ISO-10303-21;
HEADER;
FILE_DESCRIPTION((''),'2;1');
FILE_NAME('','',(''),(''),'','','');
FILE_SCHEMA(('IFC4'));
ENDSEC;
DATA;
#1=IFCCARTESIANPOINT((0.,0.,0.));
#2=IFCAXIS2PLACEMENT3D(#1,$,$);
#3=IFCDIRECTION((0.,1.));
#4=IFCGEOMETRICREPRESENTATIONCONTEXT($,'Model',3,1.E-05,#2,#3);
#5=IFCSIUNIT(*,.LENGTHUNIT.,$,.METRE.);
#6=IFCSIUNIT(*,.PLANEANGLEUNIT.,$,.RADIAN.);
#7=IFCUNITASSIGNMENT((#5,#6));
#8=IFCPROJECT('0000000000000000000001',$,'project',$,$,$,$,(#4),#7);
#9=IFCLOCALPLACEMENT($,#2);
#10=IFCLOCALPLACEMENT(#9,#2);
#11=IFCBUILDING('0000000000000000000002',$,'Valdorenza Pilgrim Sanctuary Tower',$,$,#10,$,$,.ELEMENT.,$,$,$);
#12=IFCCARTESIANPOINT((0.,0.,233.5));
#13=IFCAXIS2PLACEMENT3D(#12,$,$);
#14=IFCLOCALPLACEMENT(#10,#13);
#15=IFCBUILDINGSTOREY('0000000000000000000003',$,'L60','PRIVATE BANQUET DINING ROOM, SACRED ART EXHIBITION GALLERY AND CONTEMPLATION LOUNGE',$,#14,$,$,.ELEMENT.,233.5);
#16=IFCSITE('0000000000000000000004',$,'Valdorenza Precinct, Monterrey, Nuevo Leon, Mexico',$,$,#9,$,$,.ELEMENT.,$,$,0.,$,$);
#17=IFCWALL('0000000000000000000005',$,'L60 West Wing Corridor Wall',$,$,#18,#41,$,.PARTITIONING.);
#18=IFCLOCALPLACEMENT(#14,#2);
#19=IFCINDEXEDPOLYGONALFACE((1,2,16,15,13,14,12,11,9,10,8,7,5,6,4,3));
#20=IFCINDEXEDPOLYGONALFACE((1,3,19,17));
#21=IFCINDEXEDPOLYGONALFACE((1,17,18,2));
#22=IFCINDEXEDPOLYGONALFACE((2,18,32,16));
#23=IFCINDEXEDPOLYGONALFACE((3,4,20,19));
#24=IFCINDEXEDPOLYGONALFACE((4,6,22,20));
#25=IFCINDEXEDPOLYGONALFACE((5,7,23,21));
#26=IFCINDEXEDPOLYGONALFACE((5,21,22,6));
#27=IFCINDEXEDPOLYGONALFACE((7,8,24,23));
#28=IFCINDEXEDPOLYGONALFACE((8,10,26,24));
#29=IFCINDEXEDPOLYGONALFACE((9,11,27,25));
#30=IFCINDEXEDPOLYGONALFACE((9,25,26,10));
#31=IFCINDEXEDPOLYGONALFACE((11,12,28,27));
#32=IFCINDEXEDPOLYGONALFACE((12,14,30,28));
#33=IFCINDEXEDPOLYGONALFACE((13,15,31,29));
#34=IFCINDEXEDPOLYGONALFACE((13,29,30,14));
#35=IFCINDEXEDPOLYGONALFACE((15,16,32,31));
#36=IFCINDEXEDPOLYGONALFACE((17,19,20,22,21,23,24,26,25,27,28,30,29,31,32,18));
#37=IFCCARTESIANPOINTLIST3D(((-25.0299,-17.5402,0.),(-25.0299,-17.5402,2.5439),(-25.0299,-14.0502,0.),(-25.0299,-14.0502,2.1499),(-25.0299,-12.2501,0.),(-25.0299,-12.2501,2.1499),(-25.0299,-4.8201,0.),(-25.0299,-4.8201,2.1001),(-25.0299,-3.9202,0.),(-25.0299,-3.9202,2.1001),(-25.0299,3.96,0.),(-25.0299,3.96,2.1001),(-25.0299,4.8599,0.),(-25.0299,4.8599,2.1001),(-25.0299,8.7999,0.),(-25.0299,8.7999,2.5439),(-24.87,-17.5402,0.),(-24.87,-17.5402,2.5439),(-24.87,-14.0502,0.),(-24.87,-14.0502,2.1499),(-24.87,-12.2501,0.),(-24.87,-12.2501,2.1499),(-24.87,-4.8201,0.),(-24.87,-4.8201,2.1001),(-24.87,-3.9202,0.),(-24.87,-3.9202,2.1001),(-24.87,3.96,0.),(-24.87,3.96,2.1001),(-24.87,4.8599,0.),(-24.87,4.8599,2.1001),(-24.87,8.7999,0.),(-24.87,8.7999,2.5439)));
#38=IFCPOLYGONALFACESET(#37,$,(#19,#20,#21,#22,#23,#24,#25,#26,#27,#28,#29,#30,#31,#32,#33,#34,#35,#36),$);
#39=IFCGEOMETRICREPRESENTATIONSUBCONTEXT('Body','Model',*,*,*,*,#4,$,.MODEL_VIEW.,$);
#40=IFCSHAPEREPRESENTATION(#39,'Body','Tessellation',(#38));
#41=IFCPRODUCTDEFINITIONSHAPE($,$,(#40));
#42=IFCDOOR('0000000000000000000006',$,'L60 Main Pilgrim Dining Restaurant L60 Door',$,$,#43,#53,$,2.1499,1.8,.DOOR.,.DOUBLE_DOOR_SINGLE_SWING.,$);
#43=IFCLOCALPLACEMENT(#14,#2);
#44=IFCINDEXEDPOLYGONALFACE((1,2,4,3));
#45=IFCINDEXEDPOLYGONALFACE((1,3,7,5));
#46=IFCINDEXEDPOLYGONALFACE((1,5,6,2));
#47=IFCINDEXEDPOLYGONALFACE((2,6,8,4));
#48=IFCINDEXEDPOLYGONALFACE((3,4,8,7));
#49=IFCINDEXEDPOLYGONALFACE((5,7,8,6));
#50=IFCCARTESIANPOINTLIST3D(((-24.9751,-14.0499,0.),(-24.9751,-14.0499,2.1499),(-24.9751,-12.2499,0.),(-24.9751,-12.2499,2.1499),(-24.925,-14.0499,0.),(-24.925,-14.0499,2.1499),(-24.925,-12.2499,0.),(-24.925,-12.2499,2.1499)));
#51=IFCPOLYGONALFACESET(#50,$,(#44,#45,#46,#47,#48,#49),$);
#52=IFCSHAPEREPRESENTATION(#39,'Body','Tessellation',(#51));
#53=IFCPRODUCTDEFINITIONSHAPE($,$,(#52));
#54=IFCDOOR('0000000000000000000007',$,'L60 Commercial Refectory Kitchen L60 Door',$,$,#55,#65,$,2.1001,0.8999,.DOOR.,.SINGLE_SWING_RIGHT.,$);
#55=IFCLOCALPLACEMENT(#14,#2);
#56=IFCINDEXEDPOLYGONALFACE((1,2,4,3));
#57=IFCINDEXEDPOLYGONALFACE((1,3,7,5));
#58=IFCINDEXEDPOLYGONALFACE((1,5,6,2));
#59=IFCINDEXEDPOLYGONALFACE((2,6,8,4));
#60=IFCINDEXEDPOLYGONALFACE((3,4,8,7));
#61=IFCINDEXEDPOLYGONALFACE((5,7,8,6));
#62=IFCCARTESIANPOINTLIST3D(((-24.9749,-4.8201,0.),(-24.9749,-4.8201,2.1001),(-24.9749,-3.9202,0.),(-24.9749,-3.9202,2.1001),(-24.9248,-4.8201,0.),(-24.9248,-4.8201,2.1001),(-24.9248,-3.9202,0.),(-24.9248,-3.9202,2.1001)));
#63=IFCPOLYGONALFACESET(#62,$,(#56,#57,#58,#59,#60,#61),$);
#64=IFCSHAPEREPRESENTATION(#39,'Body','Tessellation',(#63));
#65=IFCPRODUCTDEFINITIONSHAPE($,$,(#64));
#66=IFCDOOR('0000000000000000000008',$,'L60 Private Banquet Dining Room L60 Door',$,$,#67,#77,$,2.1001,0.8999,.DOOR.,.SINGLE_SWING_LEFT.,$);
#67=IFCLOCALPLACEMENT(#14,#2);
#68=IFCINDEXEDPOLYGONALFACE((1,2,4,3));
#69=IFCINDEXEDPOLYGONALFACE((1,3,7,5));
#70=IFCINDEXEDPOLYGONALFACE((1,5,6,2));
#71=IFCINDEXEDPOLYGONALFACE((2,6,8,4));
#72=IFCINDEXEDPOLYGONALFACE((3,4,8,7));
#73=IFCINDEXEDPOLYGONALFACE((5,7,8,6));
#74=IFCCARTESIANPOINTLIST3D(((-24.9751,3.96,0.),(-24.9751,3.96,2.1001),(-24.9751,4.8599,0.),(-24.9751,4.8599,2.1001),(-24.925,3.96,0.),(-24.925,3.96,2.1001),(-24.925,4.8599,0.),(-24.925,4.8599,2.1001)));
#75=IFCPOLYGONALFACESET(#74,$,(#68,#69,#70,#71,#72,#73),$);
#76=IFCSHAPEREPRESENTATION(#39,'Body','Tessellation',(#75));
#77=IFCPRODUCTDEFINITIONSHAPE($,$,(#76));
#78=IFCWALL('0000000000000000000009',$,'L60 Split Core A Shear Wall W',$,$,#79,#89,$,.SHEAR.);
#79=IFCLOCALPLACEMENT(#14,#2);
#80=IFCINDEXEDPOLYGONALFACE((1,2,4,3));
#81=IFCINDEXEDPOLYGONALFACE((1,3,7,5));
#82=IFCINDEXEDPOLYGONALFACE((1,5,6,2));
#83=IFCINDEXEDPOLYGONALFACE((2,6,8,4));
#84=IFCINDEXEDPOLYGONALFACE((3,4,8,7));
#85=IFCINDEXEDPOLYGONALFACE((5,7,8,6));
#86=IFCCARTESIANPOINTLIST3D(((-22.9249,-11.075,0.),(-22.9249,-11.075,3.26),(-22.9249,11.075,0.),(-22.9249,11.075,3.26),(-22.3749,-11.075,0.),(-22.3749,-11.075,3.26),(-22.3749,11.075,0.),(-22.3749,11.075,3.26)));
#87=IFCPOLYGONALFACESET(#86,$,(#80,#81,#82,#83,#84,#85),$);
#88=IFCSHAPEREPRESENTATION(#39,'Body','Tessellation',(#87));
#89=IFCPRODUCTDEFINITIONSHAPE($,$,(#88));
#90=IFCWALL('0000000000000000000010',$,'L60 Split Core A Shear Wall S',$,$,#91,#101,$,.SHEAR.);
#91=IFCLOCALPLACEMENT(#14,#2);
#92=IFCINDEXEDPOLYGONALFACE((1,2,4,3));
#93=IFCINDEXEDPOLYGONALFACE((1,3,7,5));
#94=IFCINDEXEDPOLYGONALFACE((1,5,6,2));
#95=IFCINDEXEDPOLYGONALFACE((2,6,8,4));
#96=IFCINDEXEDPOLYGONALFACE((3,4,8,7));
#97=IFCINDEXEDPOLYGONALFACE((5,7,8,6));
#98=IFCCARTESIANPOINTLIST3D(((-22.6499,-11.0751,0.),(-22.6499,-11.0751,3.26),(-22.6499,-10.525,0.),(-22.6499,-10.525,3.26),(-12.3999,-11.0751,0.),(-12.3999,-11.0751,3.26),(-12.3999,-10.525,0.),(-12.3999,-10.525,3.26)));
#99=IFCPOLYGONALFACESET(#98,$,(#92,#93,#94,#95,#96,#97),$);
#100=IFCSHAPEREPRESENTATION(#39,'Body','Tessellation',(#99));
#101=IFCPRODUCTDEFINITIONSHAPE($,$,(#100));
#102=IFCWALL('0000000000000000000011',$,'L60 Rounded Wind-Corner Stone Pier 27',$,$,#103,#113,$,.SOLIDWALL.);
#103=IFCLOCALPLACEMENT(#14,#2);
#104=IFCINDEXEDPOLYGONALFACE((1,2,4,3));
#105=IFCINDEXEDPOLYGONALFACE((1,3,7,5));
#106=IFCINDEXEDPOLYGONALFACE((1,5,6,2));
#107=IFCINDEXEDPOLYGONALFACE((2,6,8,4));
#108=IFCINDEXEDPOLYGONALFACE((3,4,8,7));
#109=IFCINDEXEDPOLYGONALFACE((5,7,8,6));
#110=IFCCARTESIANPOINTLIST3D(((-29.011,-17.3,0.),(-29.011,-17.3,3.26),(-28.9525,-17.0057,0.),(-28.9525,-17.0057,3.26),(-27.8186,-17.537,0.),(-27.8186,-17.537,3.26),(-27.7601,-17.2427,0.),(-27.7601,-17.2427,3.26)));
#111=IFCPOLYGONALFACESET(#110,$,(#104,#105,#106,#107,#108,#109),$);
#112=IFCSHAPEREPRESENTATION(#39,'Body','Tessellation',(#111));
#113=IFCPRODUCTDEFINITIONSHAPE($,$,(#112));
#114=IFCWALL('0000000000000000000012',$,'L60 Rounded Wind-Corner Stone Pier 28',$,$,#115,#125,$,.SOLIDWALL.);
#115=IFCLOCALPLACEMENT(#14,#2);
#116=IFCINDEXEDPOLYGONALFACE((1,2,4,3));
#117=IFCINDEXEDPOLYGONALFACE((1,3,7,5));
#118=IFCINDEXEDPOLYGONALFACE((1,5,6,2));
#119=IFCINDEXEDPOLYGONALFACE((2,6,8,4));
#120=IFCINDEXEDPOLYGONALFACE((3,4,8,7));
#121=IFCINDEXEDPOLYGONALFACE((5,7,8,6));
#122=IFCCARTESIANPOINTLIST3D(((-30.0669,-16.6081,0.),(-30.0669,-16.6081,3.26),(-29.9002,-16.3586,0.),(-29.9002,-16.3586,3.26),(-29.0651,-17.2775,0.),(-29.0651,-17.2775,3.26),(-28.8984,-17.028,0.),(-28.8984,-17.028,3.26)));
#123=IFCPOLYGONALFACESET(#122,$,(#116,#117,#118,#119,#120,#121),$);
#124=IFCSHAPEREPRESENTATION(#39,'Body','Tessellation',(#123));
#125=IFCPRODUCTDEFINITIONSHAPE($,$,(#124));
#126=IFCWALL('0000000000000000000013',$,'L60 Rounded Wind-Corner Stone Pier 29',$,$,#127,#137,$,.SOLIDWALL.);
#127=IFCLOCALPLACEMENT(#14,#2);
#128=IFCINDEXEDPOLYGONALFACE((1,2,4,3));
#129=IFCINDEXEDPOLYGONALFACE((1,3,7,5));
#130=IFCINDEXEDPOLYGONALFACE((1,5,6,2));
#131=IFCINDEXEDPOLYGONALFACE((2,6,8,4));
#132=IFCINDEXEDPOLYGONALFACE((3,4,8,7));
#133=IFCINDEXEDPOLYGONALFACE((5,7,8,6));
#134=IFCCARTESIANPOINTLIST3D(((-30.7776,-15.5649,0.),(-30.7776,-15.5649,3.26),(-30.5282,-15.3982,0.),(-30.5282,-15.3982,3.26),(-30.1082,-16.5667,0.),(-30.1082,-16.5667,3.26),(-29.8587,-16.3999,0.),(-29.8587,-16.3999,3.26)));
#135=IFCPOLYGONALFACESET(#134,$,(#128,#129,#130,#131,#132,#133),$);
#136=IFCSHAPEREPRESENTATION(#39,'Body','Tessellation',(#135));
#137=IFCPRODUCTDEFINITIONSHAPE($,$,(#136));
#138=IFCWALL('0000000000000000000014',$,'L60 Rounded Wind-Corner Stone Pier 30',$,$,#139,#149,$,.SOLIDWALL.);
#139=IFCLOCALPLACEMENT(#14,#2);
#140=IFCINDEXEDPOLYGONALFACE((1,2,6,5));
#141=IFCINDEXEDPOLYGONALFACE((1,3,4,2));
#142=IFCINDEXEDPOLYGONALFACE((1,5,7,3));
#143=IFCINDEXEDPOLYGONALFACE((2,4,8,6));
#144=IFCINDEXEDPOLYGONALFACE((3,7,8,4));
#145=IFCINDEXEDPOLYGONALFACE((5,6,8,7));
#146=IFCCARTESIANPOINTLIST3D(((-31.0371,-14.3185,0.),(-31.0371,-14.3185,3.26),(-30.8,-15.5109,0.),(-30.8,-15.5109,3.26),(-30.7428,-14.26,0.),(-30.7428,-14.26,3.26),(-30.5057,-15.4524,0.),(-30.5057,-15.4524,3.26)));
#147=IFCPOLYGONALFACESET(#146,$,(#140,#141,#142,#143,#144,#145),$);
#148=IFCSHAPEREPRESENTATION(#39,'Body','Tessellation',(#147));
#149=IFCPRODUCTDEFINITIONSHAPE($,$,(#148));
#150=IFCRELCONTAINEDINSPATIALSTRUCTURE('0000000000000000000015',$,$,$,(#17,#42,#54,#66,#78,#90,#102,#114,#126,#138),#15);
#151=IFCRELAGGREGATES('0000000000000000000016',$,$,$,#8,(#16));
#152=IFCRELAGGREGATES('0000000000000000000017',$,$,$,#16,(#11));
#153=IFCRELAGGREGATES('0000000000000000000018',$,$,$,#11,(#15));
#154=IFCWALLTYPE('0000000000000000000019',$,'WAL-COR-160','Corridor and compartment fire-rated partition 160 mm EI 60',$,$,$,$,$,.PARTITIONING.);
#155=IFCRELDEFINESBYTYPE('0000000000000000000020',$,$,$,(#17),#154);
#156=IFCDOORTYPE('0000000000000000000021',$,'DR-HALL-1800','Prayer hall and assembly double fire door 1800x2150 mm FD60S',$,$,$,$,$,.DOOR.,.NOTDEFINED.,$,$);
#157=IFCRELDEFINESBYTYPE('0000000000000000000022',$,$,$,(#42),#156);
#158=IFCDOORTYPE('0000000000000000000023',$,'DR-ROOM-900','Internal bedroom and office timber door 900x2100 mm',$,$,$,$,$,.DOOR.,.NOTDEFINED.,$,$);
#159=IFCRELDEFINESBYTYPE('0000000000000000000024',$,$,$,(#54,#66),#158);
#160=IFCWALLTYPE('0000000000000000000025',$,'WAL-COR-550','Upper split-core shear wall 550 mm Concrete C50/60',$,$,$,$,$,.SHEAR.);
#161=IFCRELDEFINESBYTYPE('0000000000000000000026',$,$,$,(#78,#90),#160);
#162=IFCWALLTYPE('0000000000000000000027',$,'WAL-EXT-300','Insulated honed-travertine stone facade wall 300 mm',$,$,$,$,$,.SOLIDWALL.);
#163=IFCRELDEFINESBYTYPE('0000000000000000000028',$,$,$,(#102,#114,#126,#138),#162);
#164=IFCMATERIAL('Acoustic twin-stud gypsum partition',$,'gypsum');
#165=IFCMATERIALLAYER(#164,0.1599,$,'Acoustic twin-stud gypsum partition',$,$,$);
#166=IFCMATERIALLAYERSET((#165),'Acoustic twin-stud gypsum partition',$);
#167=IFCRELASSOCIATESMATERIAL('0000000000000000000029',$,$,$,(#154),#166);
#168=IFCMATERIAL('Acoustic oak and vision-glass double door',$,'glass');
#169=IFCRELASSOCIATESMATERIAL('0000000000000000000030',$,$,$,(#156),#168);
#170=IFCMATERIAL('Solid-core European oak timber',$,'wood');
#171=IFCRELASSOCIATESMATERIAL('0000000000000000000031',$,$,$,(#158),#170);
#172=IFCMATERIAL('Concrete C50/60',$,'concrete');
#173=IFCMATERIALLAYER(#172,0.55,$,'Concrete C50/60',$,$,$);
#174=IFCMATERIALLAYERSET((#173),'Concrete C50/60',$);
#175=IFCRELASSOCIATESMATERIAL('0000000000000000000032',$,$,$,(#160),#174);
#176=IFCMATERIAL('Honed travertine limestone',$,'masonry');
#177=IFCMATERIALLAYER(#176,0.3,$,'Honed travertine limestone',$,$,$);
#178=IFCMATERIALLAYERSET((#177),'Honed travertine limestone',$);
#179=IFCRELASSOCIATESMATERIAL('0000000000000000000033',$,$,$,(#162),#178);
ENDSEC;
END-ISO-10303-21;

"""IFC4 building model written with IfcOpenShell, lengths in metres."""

from ifc_helpers import new_model, si_unit, direction, frame, frame_2d, origin, place, context, subcontext, project, spatial, rectangle, extrude, material, layer, layer_set, type_object, element, fill, save


model = new_model("IFC4")

# Units and contexts
model_context = context("Model", 3, precision=1e-05, world=origin(), true_north=direction((0.0, 1.0)))
body_context = subcontext(model_context, "Body", "Model", "MODEL_VIEW")
ifc_project = project(units=[si_unit("LENGTHUNIT", "METRE"), si_unit("PLANEANGLEUNIT", "RADIAN")], contexts=[model_context])

# Site, building, storey
site_placement = place(None, origin())
site = spatial("IfcSite", under=ifc_project, at=site_placement, Name="Valdorenza Precinct, Monterrey, Nuevo Leon, Mexico", CompositionType="ELEMENT", RefElevation=0.0)
building_placement = place(site_placement, origin())
building = spatial("IfcBuilding", under=site, at=building_placement, Name="Valdorenza Pilgrim Sanctuary Tower", CompositionType="ELEMENT")
storey_placement = place(building_placement, frame((0.0, 0.0, 233.5)))
storey = spatial("IfcBuildingStorey", under=building, at=storey_placement, Name="L60", Description="PRIVATE BANQUET DINING ROOM, SACRED ART EXHIBITION GALLERY AND CONTEMPLATION LOUNGE", CompositionType="ELEMENT", Elevation=233.5)

# Shared definitions
ifc_material_1 = material(Name="Concrete C50/60", Category="concrete")

# Shared definitions
ifc_material_2 = material(Name="Honed travertine limestone", Category="masonry")

# Shared definitions
ifc_material_3 = material(Name="Acoustic twin-stud gypsum partition", Category="gypsum")
ifc_layer_1 = layer(ifc_material_3, 0.1599, Name="Acoustic twin-stud gypsum partition")
ifc_layer_set_1 = layer_set([ifc_layer_1], Name="Acoustic twin-stud gypsum partition")
wall_type_1 = type_object("IfcWallType", Name="WAL-COR-160", Description="Corridor and compartment fire-rated partition 160 mm EI 60", PredefinedType="PARTITIONING", material=ifc_layer_set_1)

# Wall, openings, doors
wall_1_placement = place(storey_placement, frame((-24.95, -17.54, 0.0), z_axis=(0.0, 0.0, 1.0), x_axis=(0.0, 1.0, 0.0)))
wall_1 = element("IfcWall", 1, at=wall_1_placement, inside=storey, type_object=wall_type_1, Name="L60 West Wing Corridor Wall", PredefinedType="PARTITIONING", context=body_context, shape_type="SweptSolid", body=[
    extrude(rectangle(XDim=26.3401, YDim=0.1599, at=frame_2d((13.1699, 0.0))), origin(), (0.0, 0.0, 1.0), 2.5439),
])
opening_1_placement = place(wall_1_placement, frame((3.49, 0.0, 0.0)))
opening_1 = element("IfcOpeningElement", 2, at=opening_1_placement, cuts=wall_1, PredefinedType="OPENING", context=body_context, shape_type="SweptSolid", body=[
    extrude(rectangle(XDim=1.8, YDim=2.1499, at=frame_2d((0.8999, 1.075))), frame((0.0, 0.0947, 0.0), z_axis=(0.0, -1.0, 0.0), x_axis=(1.0, 0.0, 0.0)), (0.0, 0.0, 1.0), 0.1897),
])
opening_2_placement = place(wall_1_placement, frame((12.72, 0.0, 0.0)))
opening_2 = element("IfcOpeningElement", 3, at=opening_2_placement, cuts=wall_1, PredefinedType="OPENING", context=body_context, shape_type="SweptSolid", body=[
    extrude(rectangle(XDim=0.8999, YDim=2.1001, at=frame_2d((0.45, 1.05))), frame((0.0, 0.0947, 0.0), z_axis=(0.0, -1.0, 0.0), x_axis=(1.0, 0.0, 0.0)), (0.0, 0.0, 1.0), 0.1897),
])
opening_3_placement = place(wall_1_placement, frame((21.5, 0.0, 0.0)))
opening_3 = element("IfcOpeningElement", 4, at=opening_3_placement, cuts=wall_1, PredefinedType="OPENING", context=body_context, shape_type="SweptSolid", body=[
    extrude(rectangle(XDim=0.8999, YDim=2.1001, at=frame_2d((0.45, 1.05))), frame((0.0, 0.0947, 0.0), z_axis=(0.0, -1.0, 0.0), x_axis=(1.0, 0.0, 0.0)), (0.0, 0.0, 1.0), 0.1897),
])
ifc_material_4 = material(Name="Acoustic oak and vision-glass double door", Category="glass")
door_type_1 = type_object("IfcDoorType", Name="DR-HALL-1800", Description="Prayer hall and assembly double fire door 1800x2150 mm FD60S", OperationType="NOTDEFINED", PredefinedType="DOOR", material=ifc_material_4)
door_1_placement = place(opening_1_placement, frame((1.8, 0.0, 0.0), z_axis=(0.0, 0.0, 1.0), x_axis=(-1.0, 0.0, 0.0)))
door_1 = element("IfcDoor", 5, at=door_1_placement, inside=storey, type_object=door_type_1, Name="L60 Main Pilgrim Dining Restaurant L60 Door", OperationType="DOUBLE_DOOR_SINGLE_SWING", OverallHeight=2.1499, OverallWidth=1.8, PredefinedType="DOOR", context=body_context, shape_type="SweptSolid", body=[
    extrude(rectangle(XDim=1.8, YDim=2.1499, at=frame_2d((0.8999, 1.075))), frame((0.0, 0.0249, 0.0), z_axis=(0.0, -1.0, 0.0), x_axis=(1.0, 0.0, 0.0)), (0.0, 0.0, 1.0), 0.05),
])
fill(opening_1, door_1)
ifc_material_5 = material(Name="Solid-core European oak timber", Category="wood")
door_type_2 = type_object("IfcDoorType", Name="DR-ROOM-900", Description="Internal bedroom and office timber door 900x2100 mm", OperationType="NOTDEFINED", PredefinedType="DOOR", material=ifc_material_5)
door_2_placement = place(opening_2_placement, origin())
door_2 = element("IfcDoor", 6, at=door_2_placement, inside=storey, type_object=door_type_2, Name="L60 Commercial Refectory Kitchen L60 Door", OperationType="SINGLE_SWING_RIGHT", OverallHeight=2.1001, OverallWidth=0.8999, PredefinedType="DOOR", context=body_context, shape_type="SweptSolid", body=[
    extrude(rectangle(XDim=0.8999, YDim=2.1001, at=frame_2d((0.45, 1.05))), frame((0.0, 0.0249, 0.0), z_axis=(0.0, -1.0, 0.0), x_axis=(1.0, 0.0, 0.0)), (0.0, 0.0, 1.0), 0.05),
])
fill(opening_2, door_2)
door_3_placement = place(opening_3_placement, frame((0.8999, 0.0, 0.0), z_axis=(0.0, 0.0, 1.0), x_axis=(-1.0, 0.0, 0.0)))
door_3 = element("IfcDoor", 7, at=door_3_placement, inside=storey, type_object=door_type_2, Name="L60 Private Banquet Dining Room L60 Door", OperationType="SINGLE_SWING_LEFT", OverallHeight=2.1001, OverallWidth=0.8999, PredefinedType="DOOR", context=body_context, shape_type="SweptSolid", body=[
    extrude(rectangle(XDim=0.8999, YDim=2.1001, at=frame_2d((0.45, 1.05))), frame((0.0, 0.0249, 0.0), z_axis=(0.0, -1.0, 0.0), x_axis=(1.0, 0.0, 0.0)), (0.0, 0.0, 1.0), 0.05),
])
fill(opening_3, door_3)

# Walls
ifc_layer_2 = layer(ifc_material_1, 0.55, Name="Concrete C50/60")
ifc_layer_set_2 = layer_set([ifc_layer_2], Name="Concrete C50/60")
wall_type_2 = type_object("IfcWallType", Name="WAL-COR-550", Description="Upper split-core shear wall 550 mm Concrete C50/60", PredefinedType="SHEAR", material=ifc_layer_set_2)
wall_2_placement = place(storey_placement, frame((-22.6499, -11.075, 0.0), z_axis=(0.0, 0.0, 1.0), x_axis=(0.0, 1.0, 0.0)))
element("IfcWall", 8, at=wall_2_placement, inside=storey, type_object=wall_type_2, Name="L60 Split Core A Shear Wall W", PredefinedType="SHEAR", context=body_context, shape_type="SweptSolid", body=[
    extrude(rectangle(XDim=22.1499, YDim=0.55, at=frame_2d((11.075, 0.0))), origin(), (0.0, 0.0, 1.0), 3.26),
])
wall_3_placement = place(storey_placement, frame((-22.6499, -10.8, 0.0), z_axis=(0.0, 0.0, 1.0), x_axis=(1.0, 0.0, 0.0)))
element("IfcWall", 9, at=wall_3_placement, inside=storey, type_object=wall_type_2, Name="L60 Split Core A Shear Wall S", PredefinedType="SHEAR", context=body_context, shape_type="SweptSolid", body=[
    extrude(rectangle(XDim=10.25, YDim=0.55, at=frame_2d((5.125, 0.0))), origin(), (0.0, 0.0, 1.0), 3.26),
])
ifc_layer_3 = layer(ifc_material_2, 0.3, Name="Honed travertine limestone")
ifc_layer_set_3 = layer_set([ifc_layer_3], Name="Honed travertine limestone")
wall_type_3 = type_object("IfcWallType", Name="WAL-EXT-300", Description="Insulated honed-travertine stone facade wall 300 mm", PredefinedType="SOLIDWALL", material=ifc_layer_set_3)
wall_4_placement = place(storey_placement, frame((-27.7893, -17.3899, 0.0), z_axis=(0.0, 0.0, 1.0), x_axis=(-0.980804, 0.194996, 0.0)))
element("IfcWall", 10, at=wall_4_placement, inside=storey, type_object=wall_type_3, Name="L60 Rounded Wind-Corner Stone Pier 27", PredefinedType="SOLIDWALL", context=body_context, shape_type="SweptSolid", body=[
    extrude(rectangle(XDim=1.2158, YDim=0.3, at=frame_2d((0.6079, 0.0))), origin(), (0.0, 0.0, 1.0), 3.26),
])
for number, where, z_axis, x_axis, name in (
    (11, (-28.9817, -17.1528, 0.0), (0.0, 0.0, 1.0), (-0.831426, 0.555635, 0.0), "L60 Rounded Wind-Corner Stone Pier 28"),
    (12, (-29.9834, -16.4834, 0.0), (0.0, 0.0, 1.0), (-0.555635, 0.831426, 0.0), "L60 Rounded Wind-Corner Stone Pier 29"),
):
    element("IfcWall", number, at=place(storey_placement, frame(where, z_axis=z_axis, x_axis=x_axis)), inside=storey, type_object=wall_type_3, Name=name, PredefinedType="SOLIDWALL", context=body_context, shape_type="SweptSolid", body=[
        extrude(rectangle(XDim=1.2048, YDim=0.3, at=frame_2d((0.6025, 0.0))), origin(), (0.0, 0.0, 1.0), 3.26),
    ])
wall_5_placement = place(storey_placement, frame((-30.6528, -15.4817, 0.0), z_axis=(0.0, 0.0, 1.0), x_axis=(-0.194996, 0.980804, 0.0)))
element("IfcWall", 13, at=wall_5_placement, inside=storey, type_object=wall_type_3, Name="L60 Rounded Wind-Corner Stone Pier 30", PredefinedType="SOLIDWALL", context=body_context, shape_type="SweptSolid", body=[
    extrude(rectangle(XDim=1.2158, YDim=0.3, at=frame_2d((0.6079, 0.0))), origin(), (0.0, 0.0, 1.0), 3.26),
])

save(model, "model.ifc")
